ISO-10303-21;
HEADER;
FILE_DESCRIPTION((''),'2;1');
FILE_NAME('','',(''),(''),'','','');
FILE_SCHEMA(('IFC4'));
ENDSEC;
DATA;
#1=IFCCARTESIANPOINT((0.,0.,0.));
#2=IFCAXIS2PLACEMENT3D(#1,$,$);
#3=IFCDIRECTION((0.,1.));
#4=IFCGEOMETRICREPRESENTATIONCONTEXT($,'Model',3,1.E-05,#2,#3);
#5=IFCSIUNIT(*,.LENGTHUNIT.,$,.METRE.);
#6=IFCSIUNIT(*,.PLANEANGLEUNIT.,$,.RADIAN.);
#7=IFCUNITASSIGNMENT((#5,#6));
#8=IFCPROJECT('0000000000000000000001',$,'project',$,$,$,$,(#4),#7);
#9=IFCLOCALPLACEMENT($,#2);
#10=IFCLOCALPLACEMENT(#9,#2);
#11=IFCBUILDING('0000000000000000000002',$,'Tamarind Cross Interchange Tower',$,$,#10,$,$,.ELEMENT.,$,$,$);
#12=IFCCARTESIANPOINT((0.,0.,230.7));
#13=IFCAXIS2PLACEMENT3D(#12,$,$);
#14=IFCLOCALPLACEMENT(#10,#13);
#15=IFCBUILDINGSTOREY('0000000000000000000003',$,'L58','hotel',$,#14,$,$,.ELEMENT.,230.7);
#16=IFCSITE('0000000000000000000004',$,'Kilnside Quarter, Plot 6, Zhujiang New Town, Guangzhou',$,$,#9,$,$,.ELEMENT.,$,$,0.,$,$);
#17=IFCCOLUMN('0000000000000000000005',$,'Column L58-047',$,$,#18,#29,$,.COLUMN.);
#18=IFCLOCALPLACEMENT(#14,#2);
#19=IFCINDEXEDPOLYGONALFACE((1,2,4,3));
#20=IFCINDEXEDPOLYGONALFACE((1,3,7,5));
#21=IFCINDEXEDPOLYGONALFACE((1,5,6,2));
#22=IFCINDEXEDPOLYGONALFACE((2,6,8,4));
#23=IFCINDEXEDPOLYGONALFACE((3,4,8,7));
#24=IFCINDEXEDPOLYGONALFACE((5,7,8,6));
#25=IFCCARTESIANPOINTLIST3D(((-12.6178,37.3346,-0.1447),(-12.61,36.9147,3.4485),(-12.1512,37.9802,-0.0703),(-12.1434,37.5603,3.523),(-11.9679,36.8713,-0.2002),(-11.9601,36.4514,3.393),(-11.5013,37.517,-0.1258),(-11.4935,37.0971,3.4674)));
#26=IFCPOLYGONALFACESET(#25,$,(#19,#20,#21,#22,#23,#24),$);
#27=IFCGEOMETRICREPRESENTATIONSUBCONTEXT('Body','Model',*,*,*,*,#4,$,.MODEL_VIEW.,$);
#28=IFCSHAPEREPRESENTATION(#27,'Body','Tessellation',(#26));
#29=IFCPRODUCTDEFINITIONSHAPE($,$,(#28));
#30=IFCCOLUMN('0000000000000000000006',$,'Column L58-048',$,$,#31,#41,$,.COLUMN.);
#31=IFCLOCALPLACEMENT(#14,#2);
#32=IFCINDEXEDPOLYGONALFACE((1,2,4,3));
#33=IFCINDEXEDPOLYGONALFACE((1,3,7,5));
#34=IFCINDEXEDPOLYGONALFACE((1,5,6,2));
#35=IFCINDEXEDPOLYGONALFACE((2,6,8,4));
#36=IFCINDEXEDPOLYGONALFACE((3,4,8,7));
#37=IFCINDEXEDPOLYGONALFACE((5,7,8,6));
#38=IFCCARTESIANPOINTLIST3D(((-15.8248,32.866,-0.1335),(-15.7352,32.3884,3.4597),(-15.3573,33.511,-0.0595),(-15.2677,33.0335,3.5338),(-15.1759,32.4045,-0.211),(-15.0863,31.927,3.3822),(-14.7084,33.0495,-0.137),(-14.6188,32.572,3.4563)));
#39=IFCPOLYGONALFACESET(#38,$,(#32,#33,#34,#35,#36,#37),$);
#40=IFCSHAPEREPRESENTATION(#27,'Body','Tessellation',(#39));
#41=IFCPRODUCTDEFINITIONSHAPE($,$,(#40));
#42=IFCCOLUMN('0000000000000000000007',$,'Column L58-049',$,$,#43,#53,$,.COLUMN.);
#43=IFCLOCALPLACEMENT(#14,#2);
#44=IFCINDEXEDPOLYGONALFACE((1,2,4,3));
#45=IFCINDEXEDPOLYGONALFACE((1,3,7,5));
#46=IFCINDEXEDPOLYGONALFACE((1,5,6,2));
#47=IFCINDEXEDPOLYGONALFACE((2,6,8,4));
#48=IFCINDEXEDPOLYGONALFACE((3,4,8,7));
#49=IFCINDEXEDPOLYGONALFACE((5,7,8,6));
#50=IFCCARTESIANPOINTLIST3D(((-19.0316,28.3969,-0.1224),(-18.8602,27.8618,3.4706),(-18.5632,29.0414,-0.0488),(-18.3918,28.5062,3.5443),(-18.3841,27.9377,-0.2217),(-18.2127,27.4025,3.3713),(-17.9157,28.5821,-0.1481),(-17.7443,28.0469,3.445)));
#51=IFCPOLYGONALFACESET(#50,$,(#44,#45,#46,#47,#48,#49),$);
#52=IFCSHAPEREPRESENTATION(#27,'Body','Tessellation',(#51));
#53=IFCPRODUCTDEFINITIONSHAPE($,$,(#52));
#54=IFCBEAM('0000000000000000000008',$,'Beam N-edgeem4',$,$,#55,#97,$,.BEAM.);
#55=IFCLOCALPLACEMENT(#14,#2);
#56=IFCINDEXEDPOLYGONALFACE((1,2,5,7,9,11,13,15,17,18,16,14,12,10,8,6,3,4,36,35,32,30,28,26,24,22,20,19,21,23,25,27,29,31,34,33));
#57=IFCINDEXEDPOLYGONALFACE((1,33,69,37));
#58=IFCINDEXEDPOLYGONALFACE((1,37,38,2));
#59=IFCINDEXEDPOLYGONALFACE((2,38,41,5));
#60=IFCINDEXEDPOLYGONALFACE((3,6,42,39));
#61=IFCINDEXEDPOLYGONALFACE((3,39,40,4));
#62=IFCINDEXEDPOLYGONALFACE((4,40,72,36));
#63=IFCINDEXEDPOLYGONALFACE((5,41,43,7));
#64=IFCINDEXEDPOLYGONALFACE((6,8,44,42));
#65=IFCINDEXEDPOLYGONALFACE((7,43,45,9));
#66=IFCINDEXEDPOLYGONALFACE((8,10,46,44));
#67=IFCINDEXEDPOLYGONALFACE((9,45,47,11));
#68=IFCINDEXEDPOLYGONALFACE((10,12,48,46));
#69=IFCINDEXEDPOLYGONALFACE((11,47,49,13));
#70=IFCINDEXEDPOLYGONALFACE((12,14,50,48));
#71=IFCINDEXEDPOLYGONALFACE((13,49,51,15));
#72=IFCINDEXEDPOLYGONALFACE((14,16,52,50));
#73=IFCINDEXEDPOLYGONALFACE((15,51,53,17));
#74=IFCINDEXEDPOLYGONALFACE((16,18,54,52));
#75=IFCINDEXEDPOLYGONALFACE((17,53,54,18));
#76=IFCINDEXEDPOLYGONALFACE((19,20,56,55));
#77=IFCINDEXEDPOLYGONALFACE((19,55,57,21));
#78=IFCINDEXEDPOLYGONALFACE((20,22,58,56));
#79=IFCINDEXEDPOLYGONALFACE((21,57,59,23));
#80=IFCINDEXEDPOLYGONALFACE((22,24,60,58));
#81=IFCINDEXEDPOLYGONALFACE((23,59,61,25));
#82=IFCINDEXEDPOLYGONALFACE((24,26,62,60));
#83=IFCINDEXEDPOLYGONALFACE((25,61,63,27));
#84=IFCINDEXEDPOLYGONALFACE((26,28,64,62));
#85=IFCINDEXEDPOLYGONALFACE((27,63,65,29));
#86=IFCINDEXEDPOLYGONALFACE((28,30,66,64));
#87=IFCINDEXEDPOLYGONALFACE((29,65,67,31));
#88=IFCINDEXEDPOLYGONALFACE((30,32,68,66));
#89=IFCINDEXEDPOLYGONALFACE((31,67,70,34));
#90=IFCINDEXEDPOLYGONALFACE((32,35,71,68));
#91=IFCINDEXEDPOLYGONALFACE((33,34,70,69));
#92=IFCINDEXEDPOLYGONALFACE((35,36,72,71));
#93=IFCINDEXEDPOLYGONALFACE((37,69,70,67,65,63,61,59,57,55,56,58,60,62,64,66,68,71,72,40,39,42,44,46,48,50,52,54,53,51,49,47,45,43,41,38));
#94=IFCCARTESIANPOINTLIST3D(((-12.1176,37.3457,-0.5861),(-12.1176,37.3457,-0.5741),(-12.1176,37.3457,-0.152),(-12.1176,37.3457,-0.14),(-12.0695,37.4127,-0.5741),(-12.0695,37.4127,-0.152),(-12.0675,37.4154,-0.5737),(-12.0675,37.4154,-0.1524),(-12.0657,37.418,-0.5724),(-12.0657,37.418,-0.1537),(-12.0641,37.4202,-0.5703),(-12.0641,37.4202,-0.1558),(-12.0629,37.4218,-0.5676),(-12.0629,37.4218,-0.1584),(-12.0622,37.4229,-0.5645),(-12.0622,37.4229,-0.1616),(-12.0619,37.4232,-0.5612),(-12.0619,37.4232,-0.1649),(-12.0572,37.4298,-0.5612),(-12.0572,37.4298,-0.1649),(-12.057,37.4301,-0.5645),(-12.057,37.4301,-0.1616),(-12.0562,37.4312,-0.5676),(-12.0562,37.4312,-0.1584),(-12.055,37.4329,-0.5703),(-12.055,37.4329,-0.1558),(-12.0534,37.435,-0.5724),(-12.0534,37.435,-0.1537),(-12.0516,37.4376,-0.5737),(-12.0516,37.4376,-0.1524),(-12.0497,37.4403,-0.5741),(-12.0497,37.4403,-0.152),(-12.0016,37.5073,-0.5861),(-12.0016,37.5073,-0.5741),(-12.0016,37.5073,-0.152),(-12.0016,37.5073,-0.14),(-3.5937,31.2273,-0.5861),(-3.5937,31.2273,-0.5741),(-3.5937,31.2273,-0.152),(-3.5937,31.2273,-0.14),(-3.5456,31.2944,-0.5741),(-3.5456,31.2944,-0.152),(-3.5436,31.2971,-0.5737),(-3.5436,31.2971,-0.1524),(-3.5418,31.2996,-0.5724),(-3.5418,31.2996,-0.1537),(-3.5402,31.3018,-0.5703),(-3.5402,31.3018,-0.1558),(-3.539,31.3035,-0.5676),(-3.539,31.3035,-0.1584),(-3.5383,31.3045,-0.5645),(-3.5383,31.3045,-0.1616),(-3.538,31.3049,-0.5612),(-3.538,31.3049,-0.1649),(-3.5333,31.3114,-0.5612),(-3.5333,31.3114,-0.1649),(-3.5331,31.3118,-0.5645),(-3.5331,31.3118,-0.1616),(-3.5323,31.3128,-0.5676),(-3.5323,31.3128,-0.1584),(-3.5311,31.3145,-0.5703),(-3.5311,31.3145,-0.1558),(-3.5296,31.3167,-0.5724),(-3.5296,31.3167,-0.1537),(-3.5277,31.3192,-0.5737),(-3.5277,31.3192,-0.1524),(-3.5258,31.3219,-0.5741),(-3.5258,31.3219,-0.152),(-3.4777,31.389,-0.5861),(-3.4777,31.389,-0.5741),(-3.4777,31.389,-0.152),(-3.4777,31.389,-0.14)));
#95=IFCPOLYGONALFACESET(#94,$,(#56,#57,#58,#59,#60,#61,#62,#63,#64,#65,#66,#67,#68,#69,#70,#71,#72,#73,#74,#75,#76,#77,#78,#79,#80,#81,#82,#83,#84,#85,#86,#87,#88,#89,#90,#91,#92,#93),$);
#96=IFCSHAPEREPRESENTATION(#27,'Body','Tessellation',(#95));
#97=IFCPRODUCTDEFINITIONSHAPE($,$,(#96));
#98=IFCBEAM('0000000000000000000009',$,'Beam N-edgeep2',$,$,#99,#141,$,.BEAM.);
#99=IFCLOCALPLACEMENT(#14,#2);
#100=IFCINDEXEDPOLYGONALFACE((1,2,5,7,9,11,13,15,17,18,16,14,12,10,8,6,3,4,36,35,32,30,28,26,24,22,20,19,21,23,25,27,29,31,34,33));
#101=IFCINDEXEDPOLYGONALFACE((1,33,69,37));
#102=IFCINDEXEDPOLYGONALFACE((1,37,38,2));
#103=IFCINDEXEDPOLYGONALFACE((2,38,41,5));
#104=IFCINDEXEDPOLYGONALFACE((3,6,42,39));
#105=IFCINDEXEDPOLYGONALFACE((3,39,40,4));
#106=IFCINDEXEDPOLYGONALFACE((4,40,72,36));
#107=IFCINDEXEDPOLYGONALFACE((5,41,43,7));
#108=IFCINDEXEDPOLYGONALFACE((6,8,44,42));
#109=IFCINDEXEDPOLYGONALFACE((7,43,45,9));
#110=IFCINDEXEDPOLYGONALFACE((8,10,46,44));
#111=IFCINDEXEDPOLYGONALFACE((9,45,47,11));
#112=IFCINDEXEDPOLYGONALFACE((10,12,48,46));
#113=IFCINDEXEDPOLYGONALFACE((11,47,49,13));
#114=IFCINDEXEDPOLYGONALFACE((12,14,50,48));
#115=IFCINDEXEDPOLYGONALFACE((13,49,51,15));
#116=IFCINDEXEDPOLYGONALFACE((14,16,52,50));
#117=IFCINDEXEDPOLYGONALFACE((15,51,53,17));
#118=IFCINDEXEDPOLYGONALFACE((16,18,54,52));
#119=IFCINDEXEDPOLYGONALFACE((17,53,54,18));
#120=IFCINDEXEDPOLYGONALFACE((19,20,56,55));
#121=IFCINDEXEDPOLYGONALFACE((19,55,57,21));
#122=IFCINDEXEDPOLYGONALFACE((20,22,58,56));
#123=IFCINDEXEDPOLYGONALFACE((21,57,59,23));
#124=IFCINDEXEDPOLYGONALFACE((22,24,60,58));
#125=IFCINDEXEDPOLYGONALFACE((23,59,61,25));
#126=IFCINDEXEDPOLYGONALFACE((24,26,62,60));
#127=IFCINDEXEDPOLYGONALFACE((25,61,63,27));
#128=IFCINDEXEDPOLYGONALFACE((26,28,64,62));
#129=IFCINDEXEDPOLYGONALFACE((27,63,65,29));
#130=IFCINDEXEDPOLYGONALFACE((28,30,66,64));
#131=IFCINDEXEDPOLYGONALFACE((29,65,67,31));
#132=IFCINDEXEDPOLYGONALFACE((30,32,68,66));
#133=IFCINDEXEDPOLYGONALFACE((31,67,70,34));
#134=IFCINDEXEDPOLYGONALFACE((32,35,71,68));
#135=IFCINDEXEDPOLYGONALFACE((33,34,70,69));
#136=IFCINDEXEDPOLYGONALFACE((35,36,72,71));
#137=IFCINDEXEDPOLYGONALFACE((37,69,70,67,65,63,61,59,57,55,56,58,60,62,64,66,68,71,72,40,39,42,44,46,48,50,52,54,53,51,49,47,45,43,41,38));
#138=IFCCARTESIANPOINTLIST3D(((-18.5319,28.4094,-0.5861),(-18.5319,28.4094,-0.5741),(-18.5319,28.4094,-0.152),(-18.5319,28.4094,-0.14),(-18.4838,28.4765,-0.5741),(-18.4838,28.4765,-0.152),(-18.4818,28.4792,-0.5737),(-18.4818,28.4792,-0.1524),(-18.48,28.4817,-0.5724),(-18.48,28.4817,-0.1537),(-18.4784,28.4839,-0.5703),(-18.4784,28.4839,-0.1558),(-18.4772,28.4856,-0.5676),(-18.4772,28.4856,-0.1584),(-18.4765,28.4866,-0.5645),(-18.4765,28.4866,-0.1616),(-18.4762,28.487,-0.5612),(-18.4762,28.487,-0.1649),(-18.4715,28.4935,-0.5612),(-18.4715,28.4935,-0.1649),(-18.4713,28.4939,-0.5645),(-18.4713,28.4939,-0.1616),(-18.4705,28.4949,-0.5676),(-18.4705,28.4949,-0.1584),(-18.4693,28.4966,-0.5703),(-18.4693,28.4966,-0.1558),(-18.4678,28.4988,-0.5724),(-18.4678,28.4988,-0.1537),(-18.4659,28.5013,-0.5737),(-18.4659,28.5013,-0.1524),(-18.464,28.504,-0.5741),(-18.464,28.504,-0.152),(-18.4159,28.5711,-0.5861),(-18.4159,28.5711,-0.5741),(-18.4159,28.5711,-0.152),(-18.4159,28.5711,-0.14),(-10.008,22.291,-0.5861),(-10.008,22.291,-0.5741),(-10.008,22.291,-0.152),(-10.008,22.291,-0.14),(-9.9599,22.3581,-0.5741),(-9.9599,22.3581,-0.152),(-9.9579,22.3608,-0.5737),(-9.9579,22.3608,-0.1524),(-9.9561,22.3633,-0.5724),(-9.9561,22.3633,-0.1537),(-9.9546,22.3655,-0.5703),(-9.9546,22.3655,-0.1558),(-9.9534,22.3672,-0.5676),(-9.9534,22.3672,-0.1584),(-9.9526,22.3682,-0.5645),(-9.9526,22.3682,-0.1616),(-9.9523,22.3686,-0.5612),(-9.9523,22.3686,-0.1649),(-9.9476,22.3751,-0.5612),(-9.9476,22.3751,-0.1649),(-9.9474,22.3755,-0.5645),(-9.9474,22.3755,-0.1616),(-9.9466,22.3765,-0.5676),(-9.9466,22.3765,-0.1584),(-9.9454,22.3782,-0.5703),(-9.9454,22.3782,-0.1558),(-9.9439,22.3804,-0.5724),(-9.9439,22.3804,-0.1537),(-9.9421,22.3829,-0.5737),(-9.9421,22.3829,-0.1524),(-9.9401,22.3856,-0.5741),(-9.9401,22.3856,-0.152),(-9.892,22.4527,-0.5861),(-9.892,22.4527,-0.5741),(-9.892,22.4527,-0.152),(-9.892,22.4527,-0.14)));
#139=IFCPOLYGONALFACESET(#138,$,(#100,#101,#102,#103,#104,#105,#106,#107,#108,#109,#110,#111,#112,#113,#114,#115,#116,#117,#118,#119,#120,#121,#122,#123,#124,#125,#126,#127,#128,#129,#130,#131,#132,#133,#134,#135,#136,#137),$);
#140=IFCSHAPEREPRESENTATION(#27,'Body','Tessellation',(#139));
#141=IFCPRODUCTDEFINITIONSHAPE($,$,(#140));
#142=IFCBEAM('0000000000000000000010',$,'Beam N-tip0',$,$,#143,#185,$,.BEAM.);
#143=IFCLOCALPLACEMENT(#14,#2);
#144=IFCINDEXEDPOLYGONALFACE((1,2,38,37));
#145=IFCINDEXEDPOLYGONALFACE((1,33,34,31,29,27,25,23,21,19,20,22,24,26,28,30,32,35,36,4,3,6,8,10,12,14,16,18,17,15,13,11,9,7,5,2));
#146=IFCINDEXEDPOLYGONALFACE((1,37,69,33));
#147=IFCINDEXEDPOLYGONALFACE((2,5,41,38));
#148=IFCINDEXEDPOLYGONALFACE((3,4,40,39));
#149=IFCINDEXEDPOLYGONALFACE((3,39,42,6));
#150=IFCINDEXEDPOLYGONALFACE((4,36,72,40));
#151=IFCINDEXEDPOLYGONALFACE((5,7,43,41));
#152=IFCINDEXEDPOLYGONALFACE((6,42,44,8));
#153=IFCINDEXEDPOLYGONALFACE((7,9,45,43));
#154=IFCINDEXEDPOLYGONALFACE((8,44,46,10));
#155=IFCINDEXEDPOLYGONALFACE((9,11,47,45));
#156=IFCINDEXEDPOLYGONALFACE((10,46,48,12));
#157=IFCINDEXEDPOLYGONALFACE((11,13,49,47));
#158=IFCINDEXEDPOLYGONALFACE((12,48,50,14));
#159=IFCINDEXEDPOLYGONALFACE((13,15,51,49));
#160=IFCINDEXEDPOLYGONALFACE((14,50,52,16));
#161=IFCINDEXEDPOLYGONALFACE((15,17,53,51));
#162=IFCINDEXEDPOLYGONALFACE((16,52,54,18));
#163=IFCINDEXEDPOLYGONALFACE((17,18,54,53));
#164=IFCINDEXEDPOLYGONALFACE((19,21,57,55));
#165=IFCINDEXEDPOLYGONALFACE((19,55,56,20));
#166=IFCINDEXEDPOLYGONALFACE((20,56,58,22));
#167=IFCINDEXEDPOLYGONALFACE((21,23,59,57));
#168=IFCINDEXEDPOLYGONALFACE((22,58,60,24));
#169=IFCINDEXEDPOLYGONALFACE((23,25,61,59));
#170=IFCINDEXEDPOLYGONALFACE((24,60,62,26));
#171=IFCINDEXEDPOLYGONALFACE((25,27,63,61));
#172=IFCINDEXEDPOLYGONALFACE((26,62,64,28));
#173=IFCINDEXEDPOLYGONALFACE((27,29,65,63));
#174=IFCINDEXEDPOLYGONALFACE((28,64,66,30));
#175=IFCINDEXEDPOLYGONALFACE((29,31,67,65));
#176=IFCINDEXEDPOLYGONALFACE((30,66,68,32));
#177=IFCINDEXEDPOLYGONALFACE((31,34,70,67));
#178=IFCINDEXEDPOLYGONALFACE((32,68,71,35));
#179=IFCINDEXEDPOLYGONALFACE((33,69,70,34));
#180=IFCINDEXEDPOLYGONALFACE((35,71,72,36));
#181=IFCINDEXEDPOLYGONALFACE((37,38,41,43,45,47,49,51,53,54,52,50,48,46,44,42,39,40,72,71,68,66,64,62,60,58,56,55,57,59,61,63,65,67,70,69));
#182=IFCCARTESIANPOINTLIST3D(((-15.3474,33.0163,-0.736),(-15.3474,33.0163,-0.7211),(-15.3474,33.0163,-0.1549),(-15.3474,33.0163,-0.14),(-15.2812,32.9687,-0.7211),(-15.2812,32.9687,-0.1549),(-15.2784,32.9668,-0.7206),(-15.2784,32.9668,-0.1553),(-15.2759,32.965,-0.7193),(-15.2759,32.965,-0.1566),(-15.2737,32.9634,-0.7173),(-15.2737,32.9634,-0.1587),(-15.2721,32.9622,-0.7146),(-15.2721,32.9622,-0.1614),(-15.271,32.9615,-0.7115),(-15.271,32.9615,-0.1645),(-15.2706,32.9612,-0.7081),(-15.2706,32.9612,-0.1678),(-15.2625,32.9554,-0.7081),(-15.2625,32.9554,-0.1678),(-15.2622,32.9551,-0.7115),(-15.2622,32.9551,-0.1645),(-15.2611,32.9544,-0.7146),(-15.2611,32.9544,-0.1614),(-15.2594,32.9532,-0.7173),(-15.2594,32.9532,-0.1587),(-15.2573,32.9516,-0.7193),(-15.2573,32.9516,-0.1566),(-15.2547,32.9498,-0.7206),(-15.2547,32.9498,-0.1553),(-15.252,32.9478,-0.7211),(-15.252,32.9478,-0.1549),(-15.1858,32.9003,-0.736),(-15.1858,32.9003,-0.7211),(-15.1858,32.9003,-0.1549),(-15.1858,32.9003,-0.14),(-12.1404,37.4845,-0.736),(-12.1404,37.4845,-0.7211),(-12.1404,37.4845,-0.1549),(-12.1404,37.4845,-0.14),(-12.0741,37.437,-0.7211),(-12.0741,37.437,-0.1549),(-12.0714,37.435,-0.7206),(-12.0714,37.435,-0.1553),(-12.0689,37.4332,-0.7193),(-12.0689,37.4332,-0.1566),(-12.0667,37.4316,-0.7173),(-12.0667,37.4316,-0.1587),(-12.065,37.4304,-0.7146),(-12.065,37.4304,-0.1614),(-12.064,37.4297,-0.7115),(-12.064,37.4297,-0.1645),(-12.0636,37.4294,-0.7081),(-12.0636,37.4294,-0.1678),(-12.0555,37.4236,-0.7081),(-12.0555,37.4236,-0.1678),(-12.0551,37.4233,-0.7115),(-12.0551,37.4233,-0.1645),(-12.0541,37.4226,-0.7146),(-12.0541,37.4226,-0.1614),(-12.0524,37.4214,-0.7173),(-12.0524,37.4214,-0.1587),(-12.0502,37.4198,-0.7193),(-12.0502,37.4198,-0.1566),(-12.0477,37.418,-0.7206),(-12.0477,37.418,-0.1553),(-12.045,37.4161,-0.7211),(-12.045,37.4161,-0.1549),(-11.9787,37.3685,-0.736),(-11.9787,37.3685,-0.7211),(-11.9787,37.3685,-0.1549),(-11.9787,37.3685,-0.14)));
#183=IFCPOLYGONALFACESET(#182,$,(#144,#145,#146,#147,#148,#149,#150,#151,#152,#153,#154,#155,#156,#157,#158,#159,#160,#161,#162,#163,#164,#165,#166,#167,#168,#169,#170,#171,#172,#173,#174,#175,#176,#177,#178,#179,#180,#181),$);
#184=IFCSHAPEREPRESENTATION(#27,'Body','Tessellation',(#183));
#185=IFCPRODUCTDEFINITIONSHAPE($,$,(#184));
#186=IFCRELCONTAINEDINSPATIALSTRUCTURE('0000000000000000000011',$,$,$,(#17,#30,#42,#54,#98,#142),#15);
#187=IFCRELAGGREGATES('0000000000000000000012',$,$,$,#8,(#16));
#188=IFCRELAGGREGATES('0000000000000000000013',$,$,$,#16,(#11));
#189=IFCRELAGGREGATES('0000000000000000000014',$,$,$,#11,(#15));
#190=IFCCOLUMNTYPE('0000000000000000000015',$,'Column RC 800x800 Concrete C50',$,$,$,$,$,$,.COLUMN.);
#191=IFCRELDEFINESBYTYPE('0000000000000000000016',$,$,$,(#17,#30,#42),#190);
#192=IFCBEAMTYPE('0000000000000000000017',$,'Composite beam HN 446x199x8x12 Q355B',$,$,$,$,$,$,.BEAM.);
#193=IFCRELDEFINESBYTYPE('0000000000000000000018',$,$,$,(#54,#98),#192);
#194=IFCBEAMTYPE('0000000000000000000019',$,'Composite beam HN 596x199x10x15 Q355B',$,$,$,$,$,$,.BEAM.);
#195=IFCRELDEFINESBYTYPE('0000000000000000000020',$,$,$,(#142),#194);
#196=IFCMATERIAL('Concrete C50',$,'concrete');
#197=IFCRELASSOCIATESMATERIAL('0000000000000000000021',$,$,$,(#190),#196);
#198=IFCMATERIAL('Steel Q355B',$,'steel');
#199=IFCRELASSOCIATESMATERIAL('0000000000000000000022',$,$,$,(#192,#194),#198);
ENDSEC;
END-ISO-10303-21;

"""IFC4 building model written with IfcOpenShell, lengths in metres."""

from ifc_helpers import new_model, si_unit, direction, frame, origin, origin_2d, place, context, subcontext, project, spatial, rectangle, i_section, extrude, material, material_profile, profile_set, type_object, element, save


model = new_model("IFC4")

# Units and contexts
model_context = context("Model", 3, precision=1e-05, world=origin(), true_north=direction((0.0, 1.0)))
body_context = subcontext(model_context, "Body", "Model", "MODEL_VIEW")
ifc_project = project(units=[si_unit("LENGTHUNIT", "METRE"), si_unit("PLANEANGLEUNIT", "RADIAN")], contexts=[model_context])

# Site, building, storey
site_placement = place(None, origin())
site = spatial("IfcSite", under=ifc_project, at=site_placement, Name="Kilnside Quarter, Plot 6, Zhujiang New Town, Guangzhou", CompositionType="ELEMENT", RefElevation=0.0)
building_placement = place(site_placement, origin())
building = spatial("IfcBuilding", under=site, at=building_placement, Name="Tamarind Cross Interchange Tower", CompositionType="ELEMENT")
storey_placement = place(building_placement, frame((0.0, 0.0, 230.7)))
storey = spatial("IfcBuildingStorey", under=building, at=storey_placement, Name="L58", Description="hotel", CompositionType="ELEMENT", Elevation=230.7)

# Columns
ifc_material_1 = material(Name="Concrete C50", Category="concrete")
ifc_material_profile_1 = material_profile(ifc_material_1, rectangle(XDim=0.8, YDim=0.8, at=origin_2d()), Name="RC 800x800")
ifc_profile_set_1 = profile_set([ifc_material_profile_1], Name="Concrete C50")
column_type = type_object("IfcColumnType", Name="Column RC 800x800 Concrete C50", PredefinedType="COLUMN", material=ifc_profile_set_1)
column_1_placement = place(storey_placement, frame((-12.0596, 37.4258, -0.1353), z_axis=(0.00216, -0.116074, 0.993238), x_axis=(0.583172, 0.807003, 0.093041)))
element("IfcColumn", 1, at=column_1_placement, inside=storey, type_object=column_type, Name="Column L58-047", PredefinedType="COLUMN", context=body_context, shape_type="SweptSolid", body=[
    extrude(rectangle(XDim=0.8, YDim=0.8, at=origin_2d()), origin(), (0.0, 0.0, 1.0), 3.6177),
])
column_2_placement = place(storey_placement, frame((-15.2666, 32.9578, -0.1353), z_axis=(0.024711, -0.1317, 0.990982), x_axis=(0.584335, 0.806215, 0.092574)))
element("IfcColumn", 2, at=column_2_placement, inside=storey, type_object=column_type, Name="Column L58-048", PredefinedType="COLUMN", context=body_context, shape_type="SweptSolid", body=[
    extrude(rectangle(XDim=0.8, YDim=0.8, at=origin_2d()), origin(), (0.0, 0.0, 1.0), 3.626),
])
column_3_placement = place(storey_placement, frame((-18.4736, 28.4895, -0.1353), z_axis=(0.047127, -0.147155, 0.98799), x_axis=(0.585442, 0.805472, 0.092044)))
element("IfcColumn", 3, at=column_3_placement, inside=storey, type_object=column_type, Name="Column L58-049", PredefinedType="COLUMN", context=body_context, shape_type="SweptSolid", body=[
    extrude(rectangle(XDim=0.8, YDim=0.8, at=origin_2d()), origin(), (0.0, 0.0, 1.0), 3.6367),
])

# Beams
ifc_material_2 = material(Name="Steel Q355B", Category="steel")
ifc_material_profile_2 = material_profile(ifc_material_2, i_section(OverallWidth=0.199, OverallDepth=0.446, WebThickness=0.0081, FlangeThickness=0.012, FilletRadius=0.0129, at=origin_2d()), Name="HN 446x199x8x12")
ifc_profile_set_2 = profile_set([ifc_material_profile_2], Name="Steel Q355B")
beam_type_1 = type_object("IfcBeamType", Name="Composite beam HN 446x199x8x12 Q355B", PredefinedType="BEAM", material=ifc_profile_set_2)
for number, where, z_axis, x_axis, name in (
    (4, (-12.0596, 37.4265, -0.363), (0.812384, -0.583123, 0.0), (0.583123, 0.812384, 0.0), "Beam N-edgeem4"),
    (5, (-18.4739, 28.4902, -0.363), (0.812384, -0.583123, 0.0), (0.583123, 0.812384, 0.0), "Beam N-edgeep2"),
):
    element("IfcBeam", number, at=place(storey_placement, frame(where, z_axis=z_axis, x_axis=x_axis)), inside=storey, type_object=beam_type_1, Name=name, PredefinedType="BEAM", context=body_context, shape_type="SweptSolid", body=[
        extrude(i_section(OverallWidth=0.199, OverallDepth=0.446, WebThickness=0.0081, FlangeThickness=0.012, FilletRadius=0.0129, at=origin_2d()), origin(), (0.0, 0.0, 1.0), 10.4924),
    ])
ifc_material_profile_3 = material_profile(ifc_material_2, i_section(OverallWidth=0.199, OverallDepth=0.5959, WebThickness=0.01, FlangeThickness=0.0149, FilletRadius=0.0129, at=origin_2d()), Name="HN 596x199x10x15")
ifc_profile_set_3 = profile_set([ifc_material_profile_3], Name="Steel Q355B")
beam_type_2 = type_object("IfcBeamType", Name="Composite beam HN 596x199x10x15 Q355B", PredefinedType="BEAM", material=ifc_profile_set_3)
for number, where, z_axis, x_axis, name in (
    (6, (-12.0596, 37.4265, -0.438), (-0.583093, -0.812406, 0.0), (0.812406, -0.583093, 0.0), "Beam N-tip0"),
):
    element("IfcBeam", number, at=place(storey_placement, frame(where, z_axis=z_axis, x_axis=x_axis)), inside=storey, type_object=beam_type_2, Name=name, PredefinedType="BEAM", context=body_context, shape_type="SweptSolid", body=[
        extrude(i_section(OverallWidth=0.199, OverallDepth=0.5959, WebThickness=0.01, FlangeThickness=0.0149, FilletRadius=0.0129, at=origin_2d()), origin(), (0.0, 0.0, 1.0), 5.5),
    ])

save(model, "model.ifc")
